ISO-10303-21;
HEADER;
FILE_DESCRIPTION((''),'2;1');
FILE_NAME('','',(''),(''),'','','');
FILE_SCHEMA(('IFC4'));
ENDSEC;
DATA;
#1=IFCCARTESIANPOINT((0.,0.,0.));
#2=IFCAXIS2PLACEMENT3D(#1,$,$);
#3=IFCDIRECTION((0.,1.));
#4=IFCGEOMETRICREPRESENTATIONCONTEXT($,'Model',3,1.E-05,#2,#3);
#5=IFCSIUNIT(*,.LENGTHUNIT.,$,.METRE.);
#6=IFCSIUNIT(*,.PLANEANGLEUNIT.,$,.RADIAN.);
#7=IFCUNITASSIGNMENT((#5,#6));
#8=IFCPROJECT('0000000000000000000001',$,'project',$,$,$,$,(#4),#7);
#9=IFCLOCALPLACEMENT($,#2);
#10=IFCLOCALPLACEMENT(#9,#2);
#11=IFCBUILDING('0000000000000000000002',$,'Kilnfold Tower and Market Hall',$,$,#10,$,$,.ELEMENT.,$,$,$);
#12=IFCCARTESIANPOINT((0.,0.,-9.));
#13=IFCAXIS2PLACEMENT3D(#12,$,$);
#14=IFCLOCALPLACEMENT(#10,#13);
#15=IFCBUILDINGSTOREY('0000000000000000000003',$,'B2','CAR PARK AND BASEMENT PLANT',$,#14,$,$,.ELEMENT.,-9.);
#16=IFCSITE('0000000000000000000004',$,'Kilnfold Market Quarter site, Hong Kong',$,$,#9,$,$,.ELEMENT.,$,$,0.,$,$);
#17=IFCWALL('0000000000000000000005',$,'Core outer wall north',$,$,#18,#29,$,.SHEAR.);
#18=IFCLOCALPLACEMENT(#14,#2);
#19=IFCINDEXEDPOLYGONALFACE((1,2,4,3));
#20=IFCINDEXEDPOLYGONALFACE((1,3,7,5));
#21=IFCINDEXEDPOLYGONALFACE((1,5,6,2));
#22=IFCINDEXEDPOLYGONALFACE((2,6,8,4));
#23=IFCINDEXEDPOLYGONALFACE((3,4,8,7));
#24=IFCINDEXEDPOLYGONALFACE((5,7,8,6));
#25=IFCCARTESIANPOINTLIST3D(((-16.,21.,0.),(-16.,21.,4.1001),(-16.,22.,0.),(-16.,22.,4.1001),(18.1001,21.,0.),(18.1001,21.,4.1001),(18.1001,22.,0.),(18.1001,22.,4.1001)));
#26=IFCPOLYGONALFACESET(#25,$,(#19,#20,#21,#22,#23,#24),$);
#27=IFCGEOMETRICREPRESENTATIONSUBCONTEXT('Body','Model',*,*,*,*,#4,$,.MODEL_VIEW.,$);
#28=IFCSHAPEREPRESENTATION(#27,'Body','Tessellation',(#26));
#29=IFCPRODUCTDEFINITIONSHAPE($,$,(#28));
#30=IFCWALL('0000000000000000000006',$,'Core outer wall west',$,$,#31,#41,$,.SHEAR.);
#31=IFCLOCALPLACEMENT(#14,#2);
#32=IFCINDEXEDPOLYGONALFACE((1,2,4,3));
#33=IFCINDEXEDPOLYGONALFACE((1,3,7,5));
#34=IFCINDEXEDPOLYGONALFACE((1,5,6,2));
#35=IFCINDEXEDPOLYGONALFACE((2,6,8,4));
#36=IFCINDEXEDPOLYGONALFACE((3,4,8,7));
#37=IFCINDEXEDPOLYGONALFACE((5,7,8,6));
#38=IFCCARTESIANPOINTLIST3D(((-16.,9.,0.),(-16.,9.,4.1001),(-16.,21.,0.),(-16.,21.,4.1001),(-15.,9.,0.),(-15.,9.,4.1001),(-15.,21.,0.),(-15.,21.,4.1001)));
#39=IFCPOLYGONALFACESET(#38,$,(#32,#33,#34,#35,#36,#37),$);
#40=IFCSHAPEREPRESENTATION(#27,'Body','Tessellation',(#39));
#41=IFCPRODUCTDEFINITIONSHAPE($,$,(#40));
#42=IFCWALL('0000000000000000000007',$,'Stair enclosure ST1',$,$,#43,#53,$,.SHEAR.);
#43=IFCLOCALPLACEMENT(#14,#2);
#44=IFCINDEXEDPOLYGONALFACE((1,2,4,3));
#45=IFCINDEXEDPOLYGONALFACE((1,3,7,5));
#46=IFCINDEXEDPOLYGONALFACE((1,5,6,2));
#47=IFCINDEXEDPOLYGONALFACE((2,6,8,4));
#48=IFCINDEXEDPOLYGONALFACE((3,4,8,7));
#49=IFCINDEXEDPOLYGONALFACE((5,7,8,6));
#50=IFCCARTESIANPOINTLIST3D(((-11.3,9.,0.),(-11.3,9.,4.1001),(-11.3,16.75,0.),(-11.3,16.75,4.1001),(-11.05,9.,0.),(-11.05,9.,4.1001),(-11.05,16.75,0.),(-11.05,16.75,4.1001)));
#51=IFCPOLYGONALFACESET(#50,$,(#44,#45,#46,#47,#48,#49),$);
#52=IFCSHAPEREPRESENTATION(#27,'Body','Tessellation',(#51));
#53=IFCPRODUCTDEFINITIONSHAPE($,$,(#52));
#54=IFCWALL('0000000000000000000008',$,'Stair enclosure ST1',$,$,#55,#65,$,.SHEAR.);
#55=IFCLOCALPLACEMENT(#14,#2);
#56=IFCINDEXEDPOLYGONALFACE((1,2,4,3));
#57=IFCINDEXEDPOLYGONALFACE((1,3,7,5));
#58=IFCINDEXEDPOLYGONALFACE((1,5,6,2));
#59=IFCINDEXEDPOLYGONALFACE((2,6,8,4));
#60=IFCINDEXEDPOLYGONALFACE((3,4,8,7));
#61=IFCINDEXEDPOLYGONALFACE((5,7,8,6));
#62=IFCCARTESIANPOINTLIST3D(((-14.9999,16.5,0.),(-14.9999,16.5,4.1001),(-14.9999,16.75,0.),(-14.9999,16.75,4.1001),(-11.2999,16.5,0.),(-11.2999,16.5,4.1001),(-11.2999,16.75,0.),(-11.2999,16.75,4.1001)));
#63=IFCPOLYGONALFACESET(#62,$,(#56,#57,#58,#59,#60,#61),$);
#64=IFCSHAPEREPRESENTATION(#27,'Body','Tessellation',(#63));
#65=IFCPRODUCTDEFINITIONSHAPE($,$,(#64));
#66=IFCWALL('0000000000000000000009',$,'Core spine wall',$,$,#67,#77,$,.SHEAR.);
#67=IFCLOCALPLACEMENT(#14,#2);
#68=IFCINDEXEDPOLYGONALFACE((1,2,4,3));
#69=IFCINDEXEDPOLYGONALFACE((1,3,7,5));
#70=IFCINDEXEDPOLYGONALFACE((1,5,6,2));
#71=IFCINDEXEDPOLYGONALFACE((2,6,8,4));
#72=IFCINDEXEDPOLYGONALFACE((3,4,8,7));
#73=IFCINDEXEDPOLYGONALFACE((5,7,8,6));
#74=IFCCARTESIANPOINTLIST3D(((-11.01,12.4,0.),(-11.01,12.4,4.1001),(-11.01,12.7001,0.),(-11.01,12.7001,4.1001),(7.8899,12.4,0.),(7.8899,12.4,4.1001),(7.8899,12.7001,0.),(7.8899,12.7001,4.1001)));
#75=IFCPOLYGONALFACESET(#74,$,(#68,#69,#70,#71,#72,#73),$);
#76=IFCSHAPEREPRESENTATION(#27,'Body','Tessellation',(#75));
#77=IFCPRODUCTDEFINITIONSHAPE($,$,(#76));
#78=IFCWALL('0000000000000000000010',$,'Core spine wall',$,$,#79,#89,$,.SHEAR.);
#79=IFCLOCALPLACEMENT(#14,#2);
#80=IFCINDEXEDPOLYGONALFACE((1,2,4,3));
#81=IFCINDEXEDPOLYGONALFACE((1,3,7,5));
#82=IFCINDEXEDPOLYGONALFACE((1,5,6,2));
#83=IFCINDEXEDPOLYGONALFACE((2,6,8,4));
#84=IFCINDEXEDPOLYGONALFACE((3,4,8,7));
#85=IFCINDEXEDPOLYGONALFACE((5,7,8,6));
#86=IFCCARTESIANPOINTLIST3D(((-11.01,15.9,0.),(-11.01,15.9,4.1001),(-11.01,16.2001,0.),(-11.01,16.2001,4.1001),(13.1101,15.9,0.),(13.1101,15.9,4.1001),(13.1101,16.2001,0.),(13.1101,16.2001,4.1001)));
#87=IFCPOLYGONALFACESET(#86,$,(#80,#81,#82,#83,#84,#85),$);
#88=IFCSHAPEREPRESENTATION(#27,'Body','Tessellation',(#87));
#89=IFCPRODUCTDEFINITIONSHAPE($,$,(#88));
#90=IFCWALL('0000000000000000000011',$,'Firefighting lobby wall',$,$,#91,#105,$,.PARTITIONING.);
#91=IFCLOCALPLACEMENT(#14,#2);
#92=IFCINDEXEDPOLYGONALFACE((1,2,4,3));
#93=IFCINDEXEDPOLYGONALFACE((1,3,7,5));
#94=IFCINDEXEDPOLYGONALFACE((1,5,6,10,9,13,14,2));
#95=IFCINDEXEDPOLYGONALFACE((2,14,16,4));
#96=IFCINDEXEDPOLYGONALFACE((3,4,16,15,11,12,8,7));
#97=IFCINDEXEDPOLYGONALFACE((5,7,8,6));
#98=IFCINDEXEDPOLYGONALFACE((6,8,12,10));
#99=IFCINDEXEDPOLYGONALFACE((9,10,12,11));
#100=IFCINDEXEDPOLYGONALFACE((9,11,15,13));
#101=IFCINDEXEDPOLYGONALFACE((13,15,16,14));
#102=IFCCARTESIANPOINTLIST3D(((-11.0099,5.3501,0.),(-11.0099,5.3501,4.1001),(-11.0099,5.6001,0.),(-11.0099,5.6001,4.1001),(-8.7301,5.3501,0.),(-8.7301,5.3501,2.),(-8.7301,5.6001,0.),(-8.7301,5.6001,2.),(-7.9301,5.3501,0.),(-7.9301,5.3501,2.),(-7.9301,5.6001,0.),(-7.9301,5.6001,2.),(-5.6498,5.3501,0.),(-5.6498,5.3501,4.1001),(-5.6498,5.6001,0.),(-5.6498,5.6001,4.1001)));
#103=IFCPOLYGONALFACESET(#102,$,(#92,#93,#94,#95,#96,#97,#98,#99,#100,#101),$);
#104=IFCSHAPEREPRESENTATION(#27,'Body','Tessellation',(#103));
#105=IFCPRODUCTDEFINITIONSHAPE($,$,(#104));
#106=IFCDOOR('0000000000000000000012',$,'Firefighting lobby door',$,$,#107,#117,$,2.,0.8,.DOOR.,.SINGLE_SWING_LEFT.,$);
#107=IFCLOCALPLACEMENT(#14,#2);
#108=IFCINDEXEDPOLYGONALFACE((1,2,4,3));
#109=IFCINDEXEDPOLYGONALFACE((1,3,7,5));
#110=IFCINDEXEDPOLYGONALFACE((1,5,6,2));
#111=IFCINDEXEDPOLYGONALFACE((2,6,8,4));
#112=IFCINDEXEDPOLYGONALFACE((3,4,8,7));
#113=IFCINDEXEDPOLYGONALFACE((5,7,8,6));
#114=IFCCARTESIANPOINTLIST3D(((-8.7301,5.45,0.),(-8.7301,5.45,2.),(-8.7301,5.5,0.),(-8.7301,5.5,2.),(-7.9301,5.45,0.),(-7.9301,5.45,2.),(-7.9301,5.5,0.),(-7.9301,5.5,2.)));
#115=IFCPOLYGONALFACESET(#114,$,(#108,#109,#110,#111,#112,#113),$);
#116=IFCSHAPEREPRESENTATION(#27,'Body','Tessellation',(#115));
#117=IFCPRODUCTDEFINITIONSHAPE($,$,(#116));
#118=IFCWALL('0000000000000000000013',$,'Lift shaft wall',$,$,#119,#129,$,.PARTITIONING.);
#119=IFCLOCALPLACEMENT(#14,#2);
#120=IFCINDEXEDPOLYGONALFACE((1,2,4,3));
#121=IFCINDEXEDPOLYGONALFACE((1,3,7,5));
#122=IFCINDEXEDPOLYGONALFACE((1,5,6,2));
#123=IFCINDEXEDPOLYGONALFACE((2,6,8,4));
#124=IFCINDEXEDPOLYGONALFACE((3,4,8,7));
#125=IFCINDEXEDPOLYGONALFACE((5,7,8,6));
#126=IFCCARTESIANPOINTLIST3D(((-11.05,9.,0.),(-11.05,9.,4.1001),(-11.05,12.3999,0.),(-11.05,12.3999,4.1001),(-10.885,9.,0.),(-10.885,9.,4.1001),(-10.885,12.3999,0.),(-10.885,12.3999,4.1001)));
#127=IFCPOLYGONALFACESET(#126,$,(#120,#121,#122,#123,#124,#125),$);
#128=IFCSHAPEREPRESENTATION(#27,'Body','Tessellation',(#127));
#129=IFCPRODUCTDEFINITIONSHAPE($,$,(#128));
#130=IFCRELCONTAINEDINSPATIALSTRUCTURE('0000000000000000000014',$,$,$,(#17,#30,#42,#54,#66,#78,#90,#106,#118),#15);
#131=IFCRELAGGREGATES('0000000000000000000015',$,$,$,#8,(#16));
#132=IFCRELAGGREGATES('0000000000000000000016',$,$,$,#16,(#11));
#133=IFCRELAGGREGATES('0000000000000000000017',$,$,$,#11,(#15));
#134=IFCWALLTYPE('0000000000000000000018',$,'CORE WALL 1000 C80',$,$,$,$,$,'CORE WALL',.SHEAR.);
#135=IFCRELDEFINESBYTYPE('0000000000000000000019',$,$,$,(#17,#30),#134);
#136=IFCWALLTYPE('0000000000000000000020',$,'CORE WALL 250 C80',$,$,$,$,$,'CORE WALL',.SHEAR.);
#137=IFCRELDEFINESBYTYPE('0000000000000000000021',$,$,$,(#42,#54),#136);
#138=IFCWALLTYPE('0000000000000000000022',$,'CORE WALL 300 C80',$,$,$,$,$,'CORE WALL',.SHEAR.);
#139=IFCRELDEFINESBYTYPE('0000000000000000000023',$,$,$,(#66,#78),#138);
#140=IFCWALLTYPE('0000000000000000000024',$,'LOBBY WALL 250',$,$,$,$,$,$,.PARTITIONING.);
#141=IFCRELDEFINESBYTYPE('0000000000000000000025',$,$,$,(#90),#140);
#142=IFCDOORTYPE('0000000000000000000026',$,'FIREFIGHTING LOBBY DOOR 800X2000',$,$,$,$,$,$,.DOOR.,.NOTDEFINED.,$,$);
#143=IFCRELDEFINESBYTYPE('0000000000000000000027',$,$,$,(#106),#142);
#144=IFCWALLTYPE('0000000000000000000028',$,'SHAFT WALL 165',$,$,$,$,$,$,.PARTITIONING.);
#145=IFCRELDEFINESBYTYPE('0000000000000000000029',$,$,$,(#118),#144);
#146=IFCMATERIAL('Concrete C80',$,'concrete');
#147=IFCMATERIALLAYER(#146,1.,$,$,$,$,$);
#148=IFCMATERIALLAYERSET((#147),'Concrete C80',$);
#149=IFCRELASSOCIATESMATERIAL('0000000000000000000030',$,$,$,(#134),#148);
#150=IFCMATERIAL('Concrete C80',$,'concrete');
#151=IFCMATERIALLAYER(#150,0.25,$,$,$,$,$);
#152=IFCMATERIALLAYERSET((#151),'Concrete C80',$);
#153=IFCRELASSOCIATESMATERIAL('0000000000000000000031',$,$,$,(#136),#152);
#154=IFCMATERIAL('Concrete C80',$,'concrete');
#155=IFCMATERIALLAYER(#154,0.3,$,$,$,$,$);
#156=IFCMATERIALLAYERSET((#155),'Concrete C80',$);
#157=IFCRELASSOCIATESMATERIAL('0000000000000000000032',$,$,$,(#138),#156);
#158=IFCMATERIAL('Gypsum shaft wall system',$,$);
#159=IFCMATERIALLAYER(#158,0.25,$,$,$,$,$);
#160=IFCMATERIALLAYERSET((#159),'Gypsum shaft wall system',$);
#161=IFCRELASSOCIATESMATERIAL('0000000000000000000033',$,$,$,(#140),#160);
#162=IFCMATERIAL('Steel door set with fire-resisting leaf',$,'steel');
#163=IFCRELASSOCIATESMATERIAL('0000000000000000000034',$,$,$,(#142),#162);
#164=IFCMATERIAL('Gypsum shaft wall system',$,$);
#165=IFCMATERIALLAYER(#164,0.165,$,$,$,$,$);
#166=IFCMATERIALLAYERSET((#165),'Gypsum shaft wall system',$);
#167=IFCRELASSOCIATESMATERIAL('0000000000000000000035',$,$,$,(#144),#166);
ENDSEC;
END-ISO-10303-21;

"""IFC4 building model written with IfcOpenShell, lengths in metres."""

from ifc_helpers import new_model, si_unit, direction, frame, frame_2d, origin, place, context, subcontext, project, spatial, rectangle, extrude, source, transform, mapped, material, layer, layer_set, type_object, element, fill, save


model = new_model("IFC4")

# Units and contexts
model_context = context("Model", 3, precision=1e-05, world=origin(), true_north=direction((0.0, 1.0)))
body_context = subcontext(model_context, "Body", "Model", "MODEL_VIEW")
ifc_project = project(units=[si_unit("LENGTHUNIT", "METRE"), si_unit("PLANEANGLEUNIT", "RADIAN")], contexts=[model_context])

# Site, building, storey
site_placement = place(None, origin())
site = spatial("IfcSite", under=ifc_project, at=site_placement, Name="Kilnfold Market Quarter site, Hong Kong", CompositionType="ELEMENT", RefElevation=0.0)
building_placement = place(site_placement, origin())
building = spatial("IfcBuilding", under=site, at=building_placement, Name="Kilnfold Tower and Market Hall", CompositionType="ELEMENT")
storey_placement = place(building_placement, frame((0.0, 0.0, -9.0)))
storey = spatial("IfcBuildingStorey", under=building, at=storey_placement, Name="B2", Description="CAR PARK AND BASEMENT PLANT", CompositionType="ELEMENT", Elevation=-9.0)

# Walls
ifc_material_1 = material(Name="Concrete C80", Category="concrete")
ifc_layer_1 = layer(ifc_material_1, 1.0)
ifc_layer_set_1 = layer_set([ifc_layer_1], Name="Concrete C80")
wall_type_1 = type_object("IfcWallType", Name="CORE WALL 1000 C80", ElementType="CORE WALL", PredefinedType="SHEAR", material=ifc_layer_set_1)
shared_shape_1 = source(origin(), body_context, "Body", "SweptSolid", [
    extrude(rectangle(XDim=34.1001, YDim=1.0, at=frame_2d((17.05, 0.0))), origin(), (0.0, 0.0, 1.0), 4.1001),
])
wall_1_placement = place(storey_placement, frame((-16.0, 21.5, 0.0), z_axis=(0.0, 0.0, 1.0), x_axis=(1.0, 0.0, 0.0)))
element("IfcWall", 1, at=wall_1_placement, inside=storey, type_object=wall_type_1, Name="Core outer wall north", PredefinedType="SHEAR", context=body_context, shape_type="MappedRepresentation", body=[
    mapped(shared_shape_1, transform((0.0, 0.0, 0.0))),
])
shared_shape_2 = source(origin(), body_context, "Body", "SweptSolid", [
    extrude(rectangle(XDim=12.0, YDim=1.0, at=frame_2d((6.0, 0.0))), origin(), (0.0, 0.0, 1.0), 4.1001),
])
wall_2_placement = place(storey_placement, frame((-15.5, 9.0, 0.0), z_axis=(0.0, 0.0, 1.0), x_axis=(0.0, 1.0, 0.0)))
element("IfcWall", 2, at=wall_2_placement, inside=storey, type_object=wall_type_1, Name="Core outer wall west", PredefinedType="SHEAR", context=body_context, shape_type="MappedRepresentation", body=[
    mapped(shared_shape_2, transform((0.0, 0.0, 0.0))),
])
ifc_material_2 = material(Name="Concrete C80", Category="concrete")
ifc_layer_2 = layer(ifc_material_2, 0.25)
ifc_layer_set_2 = layer_set([ifc_layer_2], Name="Concrete C80")
wall_type_2 = type_object("IfcWallType", Name="CORE WALL 250 C80", ElementType="CORE WALL", PredefinedType="SHEAR", material=ifc_layer_set_2)
shared_shape_3 = source(origin(), body_context, "Body", "SweptSolid", [
    extrude(rectangle(XDim=7.75, YDim=0.25, at=frame_2d((3.875, 0.0))), origin(), (0.0, 0.0, 1.0), 4.1001),
])
wall_3_placement = place(storey_placement, frame((-11.175, 9.0, 0.0), z_axis=(0.0, 0.0, 1.0), x_axis=(0.0, 1.0, 0.0)))
element("IfcWall", 3, at=wall_3_placement, inside=storey, type_object=wall_type_2, Name="Stair enclosure ST1", PredefinedType="SHEAR", context=body_context, shape_type="MappedRepresentation", body=[
    mapped(shared_shape_3, transform((0.0, 0.0, 0.0))),
])
shared_shape_4 = source(origin(), body_context, "Body", "SweptSolid", [
    extrude(rectangle(XDim=3.7, YDim=0.25, at=frame_2d((1.8501, 0.0))), origin(), (0.0, 0.0, 1.0), 4.1001),
])
wall_4_placement = place(storey_placement, frame((-15.0, 16.625, 0.0), z_axis=(0.0, 0.0, 1.0), x_axis=(1.0, 0.0, 0.0)))
element("IfcWall", 4, at=wall_4_placement, inside=storey, type_object=wall_type_2, Name="Stair enclosure ST1", PredefinedType="SHEAR", context=body_context, shape_type="MappedRepresentation", body=[
    mapped(shared_shape_4, transform((0.0, 0.0, 0.0))),
])
ifc_material_3 = material(Name="Concrete C80", Category="concrete")
ifc_layer_3 = layer(ifc_material_3, 0.3)
ifc_layer_set_3 = layer_set([ifc_layer_3], Name="Concrete C80")
wall_type_3 = type_object("IfcWallType", Name="CORE WALL 300 C80", ElementType="CORE WALL", PredefinedType="SHEAR", material=ifc_layer_set_3)
shared_shape_5 = source(origin(), body_context, "Body", "SweptSolid", [
    extrude(rectangle(XDim=18.8999, YDim=0.3, at=frame_2d((9.45, 0.0))), origin(), (0.0, 0.0, 1.0), 4.1001),
])
wall_5_placement = place(storey_placement, frame((-11.01, 12.55, 0.0), z_axis=(0.0, 0.0, 1.0), x_axis=(1.0, 0.0, 0.0)))
element("IfcWall", 5, at=wall_5_placement, inside=storey, type_object=wall_type_3, Name="Core spine wall", PredefinedType="SHEAR", context=body_context, shape_type="MappedRepresentation", body=[
    mapped(shared_shape_5, transform((0.0, 0.0, 0.0))),
])
shared_shape_6 = source(origin(), body_context, "Body", "SweptSolid", [
    extrude(rectangle(XDim=24.1201, YDim=0.3, at=frame_2d((12.0601, 0.0))), origin(), (0.0, 0.0, 1.0), 4.1001),
])
wall_6_placement = place(storey_placement, frame((-11.01, 16.05, 0.0), z_axis=(0.0, 0.0, 1.0), x_axis=(1.0, 0.0, 0.0)))
element("IfcWall", 6, at=wall_6_placement, inside=storey, type_object=wall_type_3, Name="Core spine wall", PredefinedType="SHEAR", context=body_context, shape_type="MappedRepresentation", body=[
    mapped(shared_shape_6, transform((0.0, 0.0, 0.0))),
])

# Wall, opening, door
ifc_material_4 = material(Name="Gypsum shaft wall system")
ifc_layer_4 = layer(ifc_material_4, 0.25)
ifc_layer_set_4 = layer_set([ifc_layer_4], Name="Gypsum shaft wall system")
wall_type_4 = type_object("IfcWallType", Name="LOBBY WALL 250", PredefinedType="PARTITIONING", material=ifc_layer_set_4)
shared_shape_7 = source(origin(), body_context, "Body", "SweptSolid", [
    extrude(rectangle(XDim=5.3601, YDim=0.25, at=frame_2d((2.6802, 0.0))), origin(), (0.0, 0.0, 1.0), 4.1001),
])
wall_7_placement = place(storey_placement, frame((-11.01, 5.4751, 0.0), z_axis=(0.0, 0.0, 1.0), x_axis=(1.0, 0.0, 0.0)))
wall_7 = element("IfcWall", 7, at=wall_7_placement, inside=storey, type_object=wall_type_4, Name="Firefighting lobby wall", PredefinedType="PARTITIONING", context=body_context, shape_type="MappedRepresentation", body=[
    mapped(shared_shape_7, transform((0.0, 0.0, 0.0))),
])
opening_placement = place(wall_7_placement, frame((2.28, 0.0, 0.0)))
opening = element("IfcOpeningElement", 8, at=opening_placement, cuts=wall_7, PredefinedType="OPENING", context=body_context, shape_type="SweptSolid", body=[
    extrude(rectangle(XDim=0.8, YDim=2.0, at=frame_2d((0.3999, 1.0))), frame((0.0, 0.135, 0.0), z_axis=(0.0, -1.0, 0.0), x_axis=(1.0, 0.0, 0.0)), (0.0, 0.0, 1.0), 0.27),
])
ifc_material_5 = material(Name="Steel door set with fire-resisting leaf", Category="steel")
door_type = type_object("IfcDoorType", Name="FIREFIGHTING LOBBY DOOR 800X2000", OperationType="NOTDEFINED", PredefinedType="DOOR", material=ifc_material_5)
door_placement = place(opening_placement, origin())
door = element("IfcDoor", 9, at=door_placement, inside=storey, type_object=door_type, Name="Firefighting lobby door", OperationType="SINGLE_SWING_LEFT", OverallHeight=2.0, OverallWidth=0.8, PredefinedType="DOOR", context=body_context, shape_type="SweptSolid", body=[
    extrude(rectangle(XDim=0.8, YDim=2.0, at=frame_2d((0.3999, 1.0))), frame((0.0, 0.0249, 0.0), z_axis=(0.0, -1.0, 0.0), x_axis=(1.0, 0.0, 0.0)), (0.0, 0.0, 1.0), 0.05),
])
fill(opening, door)

# Wall
ifc_material_6 = material(Name="Gypsum shaft wall system")
ifc_layer_5 = layer(ifc_material_6, 0.165)
ifc_layer_set_5 = layer_set([ifc_layer_5], Name="Gypsum shaft wall system")
wall_type_5 = type_object("IfcWallType", Name="SHAFT WALL 165", PredefinedType="PARTITIONING", material=ifc_layer_set_5)
shared_shape_8 = source(origin(), body_context, "Body", "SweptSolid", [
    extrude(rectangle(XDim=3.3999, YDim=0.165, at=frame_2d((1.7, 0.0))), origin(), (0.0, 0.0, 1.0), 4.1001),
])
wall_8_placement = place(storey_placement, frame((-10.9675, 9.0, 0.0), z_axis=(0.0, 0.0, 1.0), x_axis=(0.0, 1.0, 0.0)))
element("IfcWall", 10, at=wall_8_placement, inside=storey, type_object=wall_type_5, Name="Lift shaft wall", PredefinedType="PARTITIONING", context=body_context, shape_type="MappedRepresentation", body=[
    mapped(shared_shape_8, transform((0.0, 0.0, 0.0))),
])

save(model, "model.ifc")
